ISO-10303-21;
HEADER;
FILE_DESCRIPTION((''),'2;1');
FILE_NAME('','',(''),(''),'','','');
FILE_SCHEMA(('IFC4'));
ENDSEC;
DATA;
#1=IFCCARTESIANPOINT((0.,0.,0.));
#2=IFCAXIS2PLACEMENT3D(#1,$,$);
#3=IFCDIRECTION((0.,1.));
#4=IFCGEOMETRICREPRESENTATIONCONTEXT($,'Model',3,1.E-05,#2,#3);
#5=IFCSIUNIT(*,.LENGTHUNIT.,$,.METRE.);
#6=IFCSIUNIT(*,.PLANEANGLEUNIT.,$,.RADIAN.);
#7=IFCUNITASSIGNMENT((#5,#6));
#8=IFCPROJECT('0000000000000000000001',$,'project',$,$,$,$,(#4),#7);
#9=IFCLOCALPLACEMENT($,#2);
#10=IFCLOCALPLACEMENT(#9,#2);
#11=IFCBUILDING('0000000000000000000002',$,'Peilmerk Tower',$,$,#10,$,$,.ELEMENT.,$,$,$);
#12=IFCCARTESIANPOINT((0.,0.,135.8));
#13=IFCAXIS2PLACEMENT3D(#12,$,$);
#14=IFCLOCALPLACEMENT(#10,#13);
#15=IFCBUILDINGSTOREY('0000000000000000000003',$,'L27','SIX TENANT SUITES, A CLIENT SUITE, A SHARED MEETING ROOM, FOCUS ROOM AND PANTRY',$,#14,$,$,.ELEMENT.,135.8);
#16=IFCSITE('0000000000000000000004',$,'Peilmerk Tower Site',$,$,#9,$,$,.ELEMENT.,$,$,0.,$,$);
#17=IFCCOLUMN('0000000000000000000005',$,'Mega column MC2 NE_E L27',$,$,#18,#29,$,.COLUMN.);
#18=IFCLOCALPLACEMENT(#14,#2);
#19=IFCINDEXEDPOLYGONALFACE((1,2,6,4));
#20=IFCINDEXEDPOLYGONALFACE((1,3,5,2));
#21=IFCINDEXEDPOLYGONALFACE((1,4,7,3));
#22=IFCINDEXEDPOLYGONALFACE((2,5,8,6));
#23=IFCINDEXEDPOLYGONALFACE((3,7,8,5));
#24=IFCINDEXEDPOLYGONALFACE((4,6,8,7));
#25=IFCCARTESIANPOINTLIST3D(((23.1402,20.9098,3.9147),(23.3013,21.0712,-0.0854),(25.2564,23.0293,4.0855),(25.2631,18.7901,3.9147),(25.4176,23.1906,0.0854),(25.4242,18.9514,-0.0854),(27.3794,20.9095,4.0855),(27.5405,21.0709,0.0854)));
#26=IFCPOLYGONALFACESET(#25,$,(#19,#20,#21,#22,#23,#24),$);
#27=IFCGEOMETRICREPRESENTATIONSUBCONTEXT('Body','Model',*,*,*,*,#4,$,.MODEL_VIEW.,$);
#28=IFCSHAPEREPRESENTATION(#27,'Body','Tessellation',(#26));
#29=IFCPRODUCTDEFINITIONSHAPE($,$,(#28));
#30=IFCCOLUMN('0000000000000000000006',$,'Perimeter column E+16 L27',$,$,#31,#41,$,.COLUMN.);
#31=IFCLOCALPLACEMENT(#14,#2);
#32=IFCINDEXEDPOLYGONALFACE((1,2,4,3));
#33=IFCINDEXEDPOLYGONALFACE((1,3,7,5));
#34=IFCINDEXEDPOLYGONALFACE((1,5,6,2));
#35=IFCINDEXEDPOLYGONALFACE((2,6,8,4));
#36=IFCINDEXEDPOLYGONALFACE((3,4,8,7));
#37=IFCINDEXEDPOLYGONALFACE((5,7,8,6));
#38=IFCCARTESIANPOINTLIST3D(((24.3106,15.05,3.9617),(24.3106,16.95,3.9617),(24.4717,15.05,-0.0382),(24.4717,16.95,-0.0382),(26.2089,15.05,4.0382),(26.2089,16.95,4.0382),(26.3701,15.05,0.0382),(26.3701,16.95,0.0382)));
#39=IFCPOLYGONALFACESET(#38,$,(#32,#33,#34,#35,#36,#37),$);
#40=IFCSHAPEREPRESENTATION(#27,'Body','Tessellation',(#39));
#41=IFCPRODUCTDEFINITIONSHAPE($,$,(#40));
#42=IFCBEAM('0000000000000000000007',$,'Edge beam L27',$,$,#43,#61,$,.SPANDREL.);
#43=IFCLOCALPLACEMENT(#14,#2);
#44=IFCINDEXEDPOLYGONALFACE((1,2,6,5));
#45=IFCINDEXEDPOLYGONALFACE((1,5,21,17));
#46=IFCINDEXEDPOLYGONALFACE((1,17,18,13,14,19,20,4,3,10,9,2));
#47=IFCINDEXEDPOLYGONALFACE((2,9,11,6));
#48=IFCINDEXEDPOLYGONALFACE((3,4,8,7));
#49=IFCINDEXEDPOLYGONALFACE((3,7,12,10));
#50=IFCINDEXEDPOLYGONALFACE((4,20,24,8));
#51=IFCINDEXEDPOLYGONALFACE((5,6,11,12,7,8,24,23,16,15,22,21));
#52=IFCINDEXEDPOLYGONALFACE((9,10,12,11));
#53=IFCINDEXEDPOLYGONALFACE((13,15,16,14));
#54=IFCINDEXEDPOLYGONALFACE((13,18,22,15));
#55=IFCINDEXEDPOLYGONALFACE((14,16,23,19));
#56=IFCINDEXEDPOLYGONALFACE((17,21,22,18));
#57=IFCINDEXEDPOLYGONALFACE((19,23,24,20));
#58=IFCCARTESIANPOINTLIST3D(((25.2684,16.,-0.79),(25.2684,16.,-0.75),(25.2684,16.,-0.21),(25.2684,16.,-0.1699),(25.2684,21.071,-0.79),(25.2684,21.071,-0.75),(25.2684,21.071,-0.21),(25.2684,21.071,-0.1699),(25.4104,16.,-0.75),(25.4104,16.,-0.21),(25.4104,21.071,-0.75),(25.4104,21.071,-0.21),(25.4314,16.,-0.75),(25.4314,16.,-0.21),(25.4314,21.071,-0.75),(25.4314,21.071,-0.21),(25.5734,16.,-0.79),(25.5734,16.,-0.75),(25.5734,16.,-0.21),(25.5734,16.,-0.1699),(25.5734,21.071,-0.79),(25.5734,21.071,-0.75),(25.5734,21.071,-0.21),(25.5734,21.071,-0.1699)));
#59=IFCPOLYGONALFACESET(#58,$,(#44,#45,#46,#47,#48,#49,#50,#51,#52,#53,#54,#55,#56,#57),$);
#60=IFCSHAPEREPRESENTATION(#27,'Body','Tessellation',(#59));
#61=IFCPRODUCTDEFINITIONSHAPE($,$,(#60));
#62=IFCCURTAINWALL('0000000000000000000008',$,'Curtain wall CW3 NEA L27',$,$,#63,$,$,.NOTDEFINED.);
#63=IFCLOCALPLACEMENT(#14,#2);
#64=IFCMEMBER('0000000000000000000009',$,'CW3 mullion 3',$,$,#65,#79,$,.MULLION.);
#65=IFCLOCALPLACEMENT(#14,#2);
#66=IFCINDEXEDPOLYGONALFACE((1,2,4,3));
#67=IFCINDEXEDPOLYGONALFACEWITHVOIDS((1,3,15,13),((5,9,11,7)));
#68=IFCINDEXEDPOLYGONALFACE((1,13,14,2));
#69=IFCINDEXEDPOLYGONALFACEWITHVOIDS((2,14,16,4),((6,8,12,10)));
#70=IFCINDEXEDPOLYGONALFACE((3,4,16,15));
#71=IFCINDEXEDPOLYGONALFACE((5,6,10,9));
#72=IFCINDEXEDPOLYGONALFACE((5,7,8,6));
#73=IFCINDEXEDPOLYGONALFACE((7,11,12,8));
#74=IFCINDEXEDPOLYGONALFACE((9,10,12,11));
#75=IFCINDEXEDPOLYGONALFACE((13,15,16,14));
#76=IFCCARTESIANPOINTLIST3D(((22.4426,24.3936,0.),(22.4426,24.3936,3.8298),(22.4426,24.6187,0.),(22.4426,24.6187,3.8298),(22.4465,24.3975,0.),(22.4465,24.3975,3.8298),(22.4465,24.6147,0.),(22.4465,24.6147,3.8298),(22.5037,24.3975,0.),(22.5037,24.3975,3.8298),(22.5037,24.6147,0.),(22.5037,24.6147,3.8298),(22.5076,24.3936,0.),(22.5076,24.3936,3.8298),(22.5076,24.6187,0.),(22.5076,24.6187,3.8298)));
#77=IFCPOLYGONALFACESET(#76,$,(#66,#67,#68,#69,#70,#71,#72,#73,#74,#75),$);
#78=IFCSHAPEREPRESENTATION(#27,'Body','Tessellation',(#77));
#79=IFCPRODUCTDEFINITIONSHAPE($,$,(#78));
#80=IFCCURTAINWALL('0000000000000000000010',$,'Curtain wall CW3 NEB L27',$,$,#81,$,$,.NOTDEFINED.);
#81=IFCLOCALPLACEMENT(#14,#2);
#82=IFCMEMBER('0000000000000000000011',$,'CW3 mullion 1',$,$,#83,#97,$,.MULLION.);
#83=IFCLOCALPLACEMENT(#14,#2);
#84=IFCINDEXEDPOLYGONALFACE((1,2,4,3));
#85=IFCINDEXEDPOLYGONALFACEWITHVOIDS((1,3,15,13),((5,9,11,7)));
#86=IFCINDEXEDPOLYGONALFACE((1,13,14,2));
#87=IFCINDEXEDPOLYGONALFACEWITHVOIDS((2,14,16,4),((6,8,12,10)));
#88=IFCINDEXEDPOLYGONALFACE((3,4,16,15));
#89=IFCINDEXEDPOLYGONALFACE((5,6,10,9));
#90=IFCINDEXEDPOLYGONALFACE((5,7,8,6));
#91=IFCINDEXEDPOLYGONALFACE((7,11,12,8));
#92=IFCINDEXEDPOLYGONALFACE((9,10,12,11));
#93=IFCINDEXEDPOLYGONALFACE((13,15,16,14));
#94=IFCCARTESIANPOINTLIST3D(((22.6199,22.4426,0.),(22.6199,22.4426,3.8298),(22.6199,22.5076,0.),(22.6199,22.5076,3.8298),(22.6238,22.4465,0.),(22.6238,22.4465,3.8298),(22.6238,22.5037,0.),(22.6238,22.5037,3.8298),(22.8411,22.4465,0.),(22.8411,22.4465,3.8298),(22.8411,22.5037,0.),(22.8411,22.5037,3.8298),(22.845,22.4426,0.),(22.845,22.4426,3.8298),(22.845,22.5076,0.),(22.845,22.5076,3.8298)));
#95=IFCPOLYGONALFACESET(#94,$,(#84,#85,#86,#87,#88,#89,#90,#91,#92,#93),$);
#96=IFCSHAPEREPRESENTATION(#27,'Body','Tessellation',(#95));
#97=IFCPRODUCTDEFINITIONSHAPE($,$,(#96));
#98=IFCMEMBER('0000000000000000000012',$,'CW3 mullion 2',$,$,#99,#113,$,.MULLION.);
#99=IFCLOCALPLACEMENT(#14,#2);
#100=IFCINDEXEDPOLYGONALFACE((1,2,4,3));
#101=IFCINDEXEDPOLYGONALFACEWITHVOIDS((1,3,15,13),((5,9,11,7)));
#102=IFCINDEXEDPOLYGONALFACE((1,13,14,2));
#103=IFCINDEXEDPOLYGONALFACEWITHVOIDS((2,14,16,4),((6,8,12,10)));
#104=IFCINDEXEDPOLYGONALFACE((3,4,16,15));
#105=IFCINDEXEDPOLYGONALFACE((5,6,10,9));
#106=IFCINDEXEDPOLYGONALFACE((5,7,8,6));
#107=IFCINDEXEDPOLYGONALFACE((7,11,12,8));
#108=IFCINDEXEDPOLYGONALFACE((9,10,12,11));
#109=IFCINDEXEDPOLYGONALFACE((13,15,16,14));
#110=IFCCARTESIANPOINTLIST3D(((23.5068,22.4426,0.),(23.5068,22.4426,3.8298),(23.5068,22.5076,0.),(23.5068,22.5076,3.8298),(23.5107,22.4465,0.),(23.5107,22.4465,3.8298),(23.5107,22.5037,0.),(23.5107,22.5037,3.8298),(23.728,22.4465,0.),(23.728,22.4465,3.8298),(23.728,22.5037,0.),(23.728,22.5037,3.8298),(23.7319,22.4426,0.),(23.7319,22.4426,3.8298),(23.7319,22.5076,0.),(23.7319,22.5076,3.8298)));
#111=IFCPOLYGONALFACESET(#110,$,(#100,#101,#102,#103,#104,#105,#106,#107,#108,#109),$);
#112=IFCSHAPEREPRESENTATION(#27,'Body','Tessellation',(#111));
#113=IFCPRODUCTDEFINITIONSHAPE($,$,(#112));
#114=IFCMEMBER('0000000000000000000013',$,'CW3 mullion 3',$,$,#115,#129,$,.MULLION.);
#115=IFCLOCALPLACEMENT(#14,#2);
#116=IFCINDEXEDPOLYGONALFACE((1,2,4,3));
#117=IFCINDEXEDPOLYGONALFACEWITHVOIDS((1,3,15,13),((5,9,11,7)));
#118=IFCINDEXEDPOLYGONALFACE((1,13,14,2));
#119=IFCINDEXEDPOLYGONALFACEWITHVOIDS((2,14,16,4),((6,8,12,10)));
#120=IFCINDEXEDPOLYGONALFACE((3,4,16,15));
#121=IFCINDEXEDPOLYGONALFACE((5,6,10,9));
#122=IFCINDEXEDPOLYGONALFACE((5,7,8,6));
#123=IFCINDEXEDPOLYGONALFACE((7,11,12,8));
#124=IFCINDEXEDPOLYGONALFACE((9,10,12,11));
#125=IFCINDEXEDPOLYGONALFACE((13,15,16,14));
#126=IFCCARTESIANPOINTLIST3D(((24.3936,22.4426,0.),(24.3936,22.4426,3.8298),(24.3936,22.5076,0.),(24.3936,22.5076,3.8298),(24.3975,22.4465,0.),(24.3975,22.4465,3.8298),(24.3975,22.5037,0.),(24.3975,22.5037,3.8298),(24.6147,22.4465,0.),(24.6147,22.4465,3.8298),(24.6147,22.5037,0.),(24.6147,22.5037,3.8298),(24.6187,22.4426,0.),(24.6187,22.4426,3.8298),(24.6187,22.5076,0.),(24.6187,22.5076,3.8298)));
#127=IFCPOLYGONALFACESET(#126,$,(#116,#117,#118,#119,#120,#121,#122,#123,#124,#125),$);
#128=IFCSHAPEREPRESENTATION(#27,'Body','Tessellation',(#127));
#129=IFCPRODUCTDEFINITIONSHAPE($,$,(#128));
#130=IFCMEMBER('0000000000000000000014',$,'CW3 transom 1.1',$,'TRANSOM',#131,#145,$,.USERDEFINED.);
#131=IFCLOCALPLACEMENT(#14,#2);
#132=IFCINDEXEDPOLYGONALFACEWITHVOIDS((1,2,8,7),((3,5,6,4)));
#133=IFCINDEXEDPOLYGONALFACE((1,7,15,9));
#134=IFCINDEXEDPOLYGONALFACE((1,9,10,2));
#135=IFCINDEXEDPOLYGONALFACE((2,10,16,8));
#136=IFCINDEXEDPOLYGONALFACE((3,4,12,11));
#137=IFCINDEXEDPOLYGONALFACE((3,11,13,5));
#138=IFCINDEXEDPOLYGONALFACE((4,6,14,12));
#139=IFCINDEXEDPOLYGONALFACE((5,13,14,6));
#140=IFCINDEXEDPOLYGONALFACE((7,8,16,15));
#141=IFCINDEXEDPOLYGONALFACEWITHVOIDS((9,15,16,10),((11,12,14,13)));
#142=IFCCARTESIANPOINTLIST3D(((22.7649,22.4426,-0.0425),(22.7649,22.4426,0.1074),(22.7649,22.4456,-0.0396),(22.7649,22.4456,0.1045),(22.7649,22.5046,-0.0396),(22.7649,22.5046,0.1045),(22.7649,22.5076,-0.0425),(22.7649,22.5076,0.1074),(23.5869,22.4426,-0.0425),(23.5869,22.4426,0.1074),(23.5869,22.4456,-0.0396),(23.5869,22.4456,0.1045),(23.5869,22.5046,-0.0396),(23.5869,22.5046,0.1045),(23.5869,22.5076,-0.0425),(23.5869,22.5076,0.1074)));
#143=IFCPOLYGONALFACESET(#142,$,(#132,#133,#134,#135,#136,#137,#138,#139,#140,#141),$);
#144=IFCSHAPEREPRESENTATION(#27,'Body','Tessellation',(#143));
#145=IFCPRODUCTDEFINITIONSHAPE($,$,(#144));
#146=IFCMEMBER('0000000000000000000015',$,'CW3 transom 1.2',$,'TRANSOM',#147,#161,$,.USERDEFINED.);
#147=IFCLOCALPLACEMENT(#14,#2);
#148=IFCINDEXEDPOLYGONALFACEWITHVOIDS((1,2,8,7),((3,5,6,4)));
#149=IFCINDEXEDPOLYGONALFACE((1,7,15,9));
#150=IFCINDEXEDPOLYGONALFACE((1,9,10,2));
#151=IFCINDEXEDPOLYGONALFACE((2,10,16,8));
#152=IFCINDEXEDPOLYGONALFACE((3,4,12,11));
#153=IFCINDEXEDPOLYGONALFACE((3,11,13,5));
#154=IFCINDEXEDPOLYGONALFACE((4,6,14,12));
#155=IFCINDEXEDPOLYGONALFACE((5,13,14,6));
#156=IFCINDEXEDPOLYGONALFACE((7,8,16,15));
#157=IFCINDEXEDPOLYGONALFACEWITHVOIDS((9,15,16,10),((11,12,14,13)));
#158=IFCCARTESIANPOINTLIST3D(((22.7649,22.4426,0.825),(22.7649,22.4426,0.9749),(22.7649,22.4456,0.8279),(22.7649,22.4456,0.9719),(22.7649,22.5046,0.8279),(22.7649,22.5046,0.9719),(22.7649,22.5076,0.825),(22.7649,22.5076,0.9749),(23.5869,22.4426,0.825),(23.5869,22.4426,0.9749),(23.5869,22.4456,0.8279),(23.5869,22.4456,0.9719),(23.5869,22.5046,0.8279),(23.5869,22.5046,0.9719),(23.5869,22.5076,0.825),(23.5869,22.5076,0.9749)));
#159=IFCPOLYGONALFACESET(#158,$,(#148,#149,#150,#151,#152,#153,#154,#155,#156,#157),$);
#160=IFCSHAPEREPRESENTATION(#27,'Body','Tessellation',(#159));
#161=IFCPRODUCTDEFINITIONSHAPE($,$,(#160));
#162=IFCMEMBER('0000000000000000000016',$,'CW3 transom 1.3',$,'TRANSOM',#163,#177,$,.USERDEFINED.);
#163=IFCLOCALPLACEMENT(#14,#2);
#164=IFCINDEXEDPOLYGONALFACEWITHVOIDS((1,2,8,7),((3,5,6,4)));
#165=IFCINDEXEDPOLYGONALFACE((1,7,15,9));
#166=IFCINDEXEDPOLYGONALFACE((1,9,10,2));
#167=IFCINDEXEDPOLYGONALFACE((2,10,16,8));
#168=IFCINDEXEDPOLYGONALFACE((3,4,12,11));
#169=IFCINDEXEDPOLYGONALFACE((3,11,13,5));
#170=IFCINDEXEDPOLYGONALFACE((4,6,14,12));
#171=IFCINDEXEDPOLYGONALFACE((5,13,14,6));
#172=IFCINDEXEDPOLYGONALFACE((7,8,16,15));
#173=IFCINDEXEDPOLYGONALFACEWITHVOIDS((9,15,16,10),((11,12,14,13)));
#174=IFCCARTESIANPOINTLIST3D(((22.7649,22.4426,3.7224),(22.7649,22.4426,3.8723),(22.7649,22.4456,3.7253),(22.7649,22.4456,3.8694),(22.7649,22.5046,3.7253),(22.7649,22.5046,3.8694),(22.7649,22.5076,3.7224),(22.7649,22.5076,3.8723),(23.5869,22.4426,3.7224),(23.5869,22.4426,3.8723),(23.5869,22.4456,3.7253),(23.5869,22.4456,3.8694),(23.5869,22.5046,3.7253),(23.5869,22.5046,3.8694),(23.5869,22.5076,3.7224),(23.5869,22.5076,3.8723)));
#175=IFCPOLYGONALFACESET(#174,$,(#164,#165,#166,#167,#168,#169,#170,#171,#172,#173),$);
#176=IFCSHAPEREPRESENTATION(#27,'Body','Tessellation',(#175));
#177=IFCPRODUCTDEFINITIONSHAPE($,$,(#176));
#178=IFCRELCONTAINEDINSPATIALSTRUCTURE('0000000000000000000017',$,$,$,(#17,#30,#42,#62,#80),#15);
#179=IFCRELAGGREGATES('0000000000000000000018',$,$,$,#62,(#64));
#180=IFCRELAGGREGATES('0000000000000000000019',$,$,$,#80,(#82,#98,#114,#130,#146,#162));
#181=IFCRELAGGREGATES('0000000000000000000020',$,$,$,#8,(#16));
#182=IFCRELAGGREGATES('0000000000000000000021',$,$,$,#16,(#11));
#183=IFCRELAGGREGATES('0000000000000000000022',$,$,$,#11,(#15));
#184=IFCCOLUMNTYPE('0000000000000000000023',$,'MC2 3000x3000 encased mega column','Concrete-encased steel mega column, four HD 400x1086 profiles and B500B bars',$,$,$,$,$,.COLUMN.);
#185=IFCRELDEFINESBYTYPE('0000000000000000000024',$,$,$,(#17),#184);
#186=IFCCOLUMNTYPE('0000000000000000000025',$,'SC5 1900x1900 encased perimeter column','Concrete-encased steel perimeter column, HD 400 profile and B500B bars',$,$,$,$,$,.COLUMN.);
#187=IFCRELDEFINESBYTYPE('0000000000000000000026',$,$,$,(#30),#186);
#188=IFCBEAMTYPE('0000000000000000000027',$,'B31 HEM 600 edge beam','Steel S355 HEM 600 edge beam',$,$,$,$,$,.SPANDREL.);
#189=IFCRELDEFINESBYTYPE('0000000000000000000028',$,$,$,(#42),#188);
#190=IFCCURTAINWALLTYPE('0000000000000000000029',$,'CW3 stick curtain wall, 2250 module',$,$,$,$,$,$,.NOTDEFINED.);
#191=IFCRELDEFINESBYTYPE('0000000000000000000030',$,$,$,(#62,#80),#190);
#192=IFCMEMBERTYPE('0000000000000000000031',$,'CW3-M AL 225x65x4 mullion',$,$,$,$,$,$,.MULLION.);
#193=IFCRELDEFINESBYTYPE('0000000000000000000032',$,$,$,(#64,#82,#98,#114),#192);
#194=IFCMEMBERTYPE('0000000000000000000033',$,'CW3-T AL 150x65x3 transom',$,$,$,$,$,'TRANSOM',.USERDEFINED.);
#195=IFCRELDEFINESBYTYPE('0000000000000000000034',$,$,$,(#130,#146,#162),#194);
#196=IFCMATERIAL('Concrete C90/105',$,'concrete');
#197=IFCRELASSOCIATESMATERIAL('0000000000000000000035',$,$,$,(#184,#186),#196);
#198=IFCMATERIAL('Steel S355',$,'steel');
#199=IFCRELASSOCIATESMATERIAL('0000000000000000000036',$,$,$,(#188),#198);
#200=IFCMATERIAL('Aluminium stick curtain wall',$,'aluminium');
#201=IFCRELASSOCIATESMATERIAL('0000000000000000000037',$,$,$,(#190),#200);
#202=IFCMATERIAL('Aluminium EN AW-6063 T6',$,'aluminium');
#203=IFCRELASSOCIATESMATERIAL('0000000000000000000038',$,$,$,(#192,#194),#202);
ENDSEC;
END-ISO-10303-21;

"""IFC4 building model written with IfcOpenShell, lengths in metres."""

from ifc_helpers import new_model, si_unit, direction, frame, origin, origin_2d, place, context, subcontext, project, spatial, rectangle, hollow_rectangle, i_section, extrude, material, material_profile, profile_set, type_object, element, aggregate, save


model = new_model("IFC4")

# Units and contexts
model_context = context("Model", 3, precision=1e-05, world=origin(), true_north=direction((0.0, 1.0)))
body_context = subcontext(model_context, "Body", "Model", "MODEL_VIEW")
ifc_project = project(units=[si_unit("LENGTHUNIT", "METRE"), si_unit("PLANEANGLEUNIT", "RADIAN")], contexts=[model_context])

# Site, building, storey
site_placement = place(None, origin())
site = spatial("IfcSite", under=ifc_project, at=site_placement, Name="Peilmerk Tower Site", CompositionType="ELEMENT", RefElevation=0.0)
building_placement = place(site_placement, origin())
building = spatial("IfcBuilding", under=site, at=building_placement, Name="Peilmerk Tower", CompositionType="ELEMENT")
storey_placement = place(building_placement, frame((0.0, 0.0, 135.8)))
storey = spatial("IfcBuildingStorey", under=building, at=storey_placement, Name="L27", Description="SIX TENANT SUITES, A CLIENT SUITE, A SHARED MEETING ROOM, FOCUS ROOM AND PANTRY", CompositionType="ELEMENT", Elevation=135.8)

# Columns
ifc_material_1 = material(Name="Concrete C90/105", Category="concrete")
ifc_material_profile_1 = material_profile(ifc_material_1, rectangle(XDim=3.0, YDim=3.0, at=origin_2d()), Name="RC 3000x3000")
ifc_profile_set_1 = profile_set([ifc_material_profile_1], Name="Concrete C90/105")
column_type_1 = type_object("IfcColumnType", Name="MC2 3000x3000 encased mega column", Description="Concrete-encased steel mega column, four HD 400x1086 profiles and B500B bars", PredefinedType="COLUMN", material=ifc_profile_set_1)
column_1_placement = place(storey_placement, frame((25.4209, 21.071, 0.0), z_axis=(-0.040218, -0.040279, 0.998379), x_axis=(0.707642, -0.706571, 0.0)))
element("IfcColumn", 1, at=column_1_placement, inside=storey, type_object=column_type_1, Name="Mega column MC2 NE_E L27", PredefinedType="COLUMN", context=body_context, shape_type="SweptSolid", body=[
    extrude(rectangle(XDim=3.0, YDim=3.0, at=origin_2d()), origin(), (0.0, 0.0, 1.0), 4.0066),
])
ifc_material_profile_2 = material_profile(ifc_material_1, rectangle(XDim=1.8999, YDim=1.8999, at=origin_2d()), Name="RC 1900x1900")
ifc_profile_set_2 = profile_set([ifc_material_profile_2], Name="Concrete C90/105")
column_type_2 = type_object("IfcColumnType", Name="SC5 1900x1900 encased perimeter column", Description="Concrete-encased steel perimeter column, HD 400 profile and B500B bars", PredefinedType="COLUMN", material=ifc_profile_set_2)
column_2_placement = place(storey_placement, frame((25.4209, 16.0, 0.0), z_axis=(-0.040251, 0.0, 0.99919), x_axis=(0.0, -1.0, 0.0)))
element("IfcColumn", 2, at=column_2_placement, inside=storey, type_object=column_type_2, Name="Perimeter column E+16 L27", PredefinedType="COLUMN", context=body_context, shape_type="SweptSolid", body=[
    extrude(rectangle(XDim=1.8999, YDim=1.8999, at=origin_2d()), origin(), (0.0, 0.0, 1.0), 4.0032),
])

# Beam
ifc_material_2 = material(Name="Steel S355", Category="steel")
ifc_material_profile_3 = material_profile(ifc_material_2, i_section(OverallWidth=0.3049, OverallDepth=0.6201, WebThickness=0.021, FlangeThickness=0.04, at=origin_2d()), Name="HEM 600")
ifc_profile_set_3 = profile_set([ifc_material_profile_3], Name="Steel S355")
beam_type = type_object("IfcBeamType", Name="B31 HEM 600 edge beam", Description="Steel S355 HEM 600 edge beam", PredefinedType="SPANDREL", material=ifc_profile_set_3)
beam_placement = place(storey_placement, frame((25.4209, 16.0, -0.48), z_axis=(0.0, 1.0, 0.0), x_axis=(-1.0, 0.0, 0.0)))
element("IfcBeam", 3, at=beam_placement, inside=storey, type_object=beam_type, Name="Edge beam L27", PredefinedType="SPANDREL", context=body_context, shape_type="SweptSolid", body=[
    extrude(i_section(OverallWidth=0.3049, OverallDepth=0.6201, WebThickness=0.021, FlangeThickness=0.04, at=origin_2d()), origin(), (0.0, 0.0, 1.0), 5.071),
])

# Curtain wall, member
ifc_material_3 = material(Name="Aluminium stick curtain wall", Category="aluminium")
curtain_wall_type = type_object("IfcCurtainWallType", Name="CW3 stick curtain wall, 2250 module", PredefinedType="NOTDEFINED", material=ifc_material_3)
curtain_wall_1_placement = place(storey_placement, origin())
curtain_wall_1 = element("IfcCurtainWall", 4, at=curtain_wall_1_placement, inside=storey, type_object=curtain_wall_type, Name="Curtain wall CW3 NEA L27", PredefinedType="NOTDEFINED")
ifc_material_4 = material(Name="Aluminium EN AW-6063 T6", Category="aluminium")
ifc_material_profile_4 = material_profile(ifc_material_4, hollow_rectangle(XDim=0.0649, YDim=0.2251, WallThickness=0.0039, at=origin_2d()), Name="AL 225x65x4")
ifc_profile_set_4 = profile_set([ifc_material_profile_4], Name="Aluminium EN AW-6063 T6")
member_type_1 = type_object("IfcMemberType", Name="CW3-M AL 225x65x4 mullion", PredefinedType="MULLION", material=ifc_profile_set_4)
member_1_placement = place(storey_placement, frame((22.4751, 24.5061, 0.0), z_axis=(0.0, 0.0, 1.0), x_axis=(-1.0, 0.0, 0.0)))
member_1 = element("IfcMember", 5, at=member_1_placement, type_object=member_type_1, Name="CW3 mullion 3", PredefinedType="MULLION", context=body_context, shape_type="SweptSolid", body=[
    extrude(hollow_rectangle(XDim=0.0649, YDim=0.2251, WallThickness=0.0039, at=origin_2d()), origin(), (0.0, 0.0, 1.0), 3.8298),
])

# Curtain wall, members
curtain_wall_2_placement = place(storey_placement, origin())
curtain_wall_2 = element("IfcCurtainWall", 6, at=curtain_wall_2_placement, inside=storey, type_object=curtain_wall_type, Name="Curtain wall CW3 NEB L27", PredefinedType="NOTDEFINED")
member_2_placement = place(storey_placement, frame((22.7324, 22.4751, 0.0), z_axis=(0.0, 0.0, 1.0), x_axis=(0.0, 1.0, 0.0)))
member_2 = element("IfcMember", 7, at=member_2_placement, type_object=member_type_1, Name="CW3 mullion 1", PredefinedType="MULLION", context=body_context, shape_type="SweptSolid", body=[
    extrude(hollow_rectangle(XDim=0.0649, YDim=0.2251, WallThickness=0.0039, at=origin_2d()), origin(), (0.0, 0.0, 1.0), 3.8298),
])
member_3_placement = place(storey_placement, frame((23.6194, 22.4751, 0.0), z_axis=(0.0, 0.0, 1.0), x_axis=(0.0, 1.0, 0.0)))
member_3 = element("IfcMember", 8, at=member_3_placement, type_object=member_type_1, Name="CW3 mullion 2", PredefinedType="MULLION", context=body_context, shape_type="SweptSolid", body=[
    extrude(hollow_rectangle(XDim=0.0649, YDim=0.2251, WallThickness=0.0039, at=origin_2d()), origin(), (0.0, 0.0, 1.0), 3.8298),
])
member_4_placement = place(storey_placement, frame((24.5061, 22.4751, 0.0), z_axis=(0.0, 0.0, 1.0), x_axis=(0.0, 1.0, 0.0)))
member_4 = element("IfcMember", 9, at=member_4_placement, type_object=member_type_1, Name="CW3 mullion 3", PredefinedType="MULLION", context=body_context, shape_type="SweptSolid", body=[
    extrude(hollow_rectangle(XDim=0.0649, YDim=0.2251, WallThickness=0.0039, at=origin_2d()), origin(), (0.0, 0.0, 1.0), 3.8298),
])
ifc_material_profile_5 = material_profile(ifc_material_4, hollow_rectangle(XDim=0.0649, YDim=0.1499, WallThickness=0.0029, at=origin_2d()), Name="AL 150x65x3")
ifc_profile_set_5 = profile_set([ifc_material_profile_5], Name="Aluminium EN AW-6063 T6")
member_type_2 = type_object("IfcMemberType", Name="CW3-T AL 150x65x3 transom", ElementType="TRANSOM", PredefinedType="USERDEFINED", material=ifc_profile_set_5)
member_5_placement = place(storey_placement, frame((22.7649, 22.4751, 0.0325), z_axis=(1.0, 0.0, 0.0), x_axis=(0.0, 1.0, 0.0)))
member_5 = element("IfcMember", 10, at=member_5_placement, type_object=member_type_2, Name="CW3 transom 1.1", ObjectType="TRANSOM", PredefinedType="USERDEFINED", context=body_context, shape_type="SweptSolid", body=[
    extrude(hollow_rectangle(XDim=0.0649, YDim=0.1499, WallThickness=0.0029, at=origin_2d()), origin(), (0.0, 0.0, 1.0), 0.822),
])
member_6_placement = place(storey_placement, frame((22.7649, 22.4751, 0.8999), z_axis=(1.0, 0.0, 0.0), x_axis=(0.0, 1.0, 0.0)))
member_6 = element("IfcMember", 11, at=member_6_placement, type_object=member_type_2, Name="CW3 transom 1.2", ObjectType="TRANSOM", PredefinedType="USERDEFINED", context=body_context, shape_type="SweptSolid", body=[
    extrude(hollow_rectangle(XDim=0.0649, YDim=0.1499, WallThickness=0.0029, at=origin_2d()), origin(), (0.0, 0.0, 1.0), 0.822),
])
member_7_placement = place(storey_placement, frame((22.7649, 22.4751, 3.7974), z_axis=(1.0, 0.0, 0.0), x_axis=(0.0, 1.0, 0.0)))
member_7 = element("IfcMember", 12, at=member_7_placement, type_object=member_type_2, Name="CW3 transom 1.3", ObjectType="TRANSOM", PredefinedType="USERDEFINED", context=body_context, shape_type="SweptSolid", body=[
    extrude(hollow_rectangle(XDim=0.0649, YDim=0.1499, WallThickness=0.0029, at=origin_2d()), origin(), (0.0, 0.0, 1.0), 0.822),
])

aggregate(curtain_wall_1, [member_1])
aggregate(curtain_wall_2, [member_2, member_3, member_4, member_5, member_6, member_7])

save(model, "model.ifc")
